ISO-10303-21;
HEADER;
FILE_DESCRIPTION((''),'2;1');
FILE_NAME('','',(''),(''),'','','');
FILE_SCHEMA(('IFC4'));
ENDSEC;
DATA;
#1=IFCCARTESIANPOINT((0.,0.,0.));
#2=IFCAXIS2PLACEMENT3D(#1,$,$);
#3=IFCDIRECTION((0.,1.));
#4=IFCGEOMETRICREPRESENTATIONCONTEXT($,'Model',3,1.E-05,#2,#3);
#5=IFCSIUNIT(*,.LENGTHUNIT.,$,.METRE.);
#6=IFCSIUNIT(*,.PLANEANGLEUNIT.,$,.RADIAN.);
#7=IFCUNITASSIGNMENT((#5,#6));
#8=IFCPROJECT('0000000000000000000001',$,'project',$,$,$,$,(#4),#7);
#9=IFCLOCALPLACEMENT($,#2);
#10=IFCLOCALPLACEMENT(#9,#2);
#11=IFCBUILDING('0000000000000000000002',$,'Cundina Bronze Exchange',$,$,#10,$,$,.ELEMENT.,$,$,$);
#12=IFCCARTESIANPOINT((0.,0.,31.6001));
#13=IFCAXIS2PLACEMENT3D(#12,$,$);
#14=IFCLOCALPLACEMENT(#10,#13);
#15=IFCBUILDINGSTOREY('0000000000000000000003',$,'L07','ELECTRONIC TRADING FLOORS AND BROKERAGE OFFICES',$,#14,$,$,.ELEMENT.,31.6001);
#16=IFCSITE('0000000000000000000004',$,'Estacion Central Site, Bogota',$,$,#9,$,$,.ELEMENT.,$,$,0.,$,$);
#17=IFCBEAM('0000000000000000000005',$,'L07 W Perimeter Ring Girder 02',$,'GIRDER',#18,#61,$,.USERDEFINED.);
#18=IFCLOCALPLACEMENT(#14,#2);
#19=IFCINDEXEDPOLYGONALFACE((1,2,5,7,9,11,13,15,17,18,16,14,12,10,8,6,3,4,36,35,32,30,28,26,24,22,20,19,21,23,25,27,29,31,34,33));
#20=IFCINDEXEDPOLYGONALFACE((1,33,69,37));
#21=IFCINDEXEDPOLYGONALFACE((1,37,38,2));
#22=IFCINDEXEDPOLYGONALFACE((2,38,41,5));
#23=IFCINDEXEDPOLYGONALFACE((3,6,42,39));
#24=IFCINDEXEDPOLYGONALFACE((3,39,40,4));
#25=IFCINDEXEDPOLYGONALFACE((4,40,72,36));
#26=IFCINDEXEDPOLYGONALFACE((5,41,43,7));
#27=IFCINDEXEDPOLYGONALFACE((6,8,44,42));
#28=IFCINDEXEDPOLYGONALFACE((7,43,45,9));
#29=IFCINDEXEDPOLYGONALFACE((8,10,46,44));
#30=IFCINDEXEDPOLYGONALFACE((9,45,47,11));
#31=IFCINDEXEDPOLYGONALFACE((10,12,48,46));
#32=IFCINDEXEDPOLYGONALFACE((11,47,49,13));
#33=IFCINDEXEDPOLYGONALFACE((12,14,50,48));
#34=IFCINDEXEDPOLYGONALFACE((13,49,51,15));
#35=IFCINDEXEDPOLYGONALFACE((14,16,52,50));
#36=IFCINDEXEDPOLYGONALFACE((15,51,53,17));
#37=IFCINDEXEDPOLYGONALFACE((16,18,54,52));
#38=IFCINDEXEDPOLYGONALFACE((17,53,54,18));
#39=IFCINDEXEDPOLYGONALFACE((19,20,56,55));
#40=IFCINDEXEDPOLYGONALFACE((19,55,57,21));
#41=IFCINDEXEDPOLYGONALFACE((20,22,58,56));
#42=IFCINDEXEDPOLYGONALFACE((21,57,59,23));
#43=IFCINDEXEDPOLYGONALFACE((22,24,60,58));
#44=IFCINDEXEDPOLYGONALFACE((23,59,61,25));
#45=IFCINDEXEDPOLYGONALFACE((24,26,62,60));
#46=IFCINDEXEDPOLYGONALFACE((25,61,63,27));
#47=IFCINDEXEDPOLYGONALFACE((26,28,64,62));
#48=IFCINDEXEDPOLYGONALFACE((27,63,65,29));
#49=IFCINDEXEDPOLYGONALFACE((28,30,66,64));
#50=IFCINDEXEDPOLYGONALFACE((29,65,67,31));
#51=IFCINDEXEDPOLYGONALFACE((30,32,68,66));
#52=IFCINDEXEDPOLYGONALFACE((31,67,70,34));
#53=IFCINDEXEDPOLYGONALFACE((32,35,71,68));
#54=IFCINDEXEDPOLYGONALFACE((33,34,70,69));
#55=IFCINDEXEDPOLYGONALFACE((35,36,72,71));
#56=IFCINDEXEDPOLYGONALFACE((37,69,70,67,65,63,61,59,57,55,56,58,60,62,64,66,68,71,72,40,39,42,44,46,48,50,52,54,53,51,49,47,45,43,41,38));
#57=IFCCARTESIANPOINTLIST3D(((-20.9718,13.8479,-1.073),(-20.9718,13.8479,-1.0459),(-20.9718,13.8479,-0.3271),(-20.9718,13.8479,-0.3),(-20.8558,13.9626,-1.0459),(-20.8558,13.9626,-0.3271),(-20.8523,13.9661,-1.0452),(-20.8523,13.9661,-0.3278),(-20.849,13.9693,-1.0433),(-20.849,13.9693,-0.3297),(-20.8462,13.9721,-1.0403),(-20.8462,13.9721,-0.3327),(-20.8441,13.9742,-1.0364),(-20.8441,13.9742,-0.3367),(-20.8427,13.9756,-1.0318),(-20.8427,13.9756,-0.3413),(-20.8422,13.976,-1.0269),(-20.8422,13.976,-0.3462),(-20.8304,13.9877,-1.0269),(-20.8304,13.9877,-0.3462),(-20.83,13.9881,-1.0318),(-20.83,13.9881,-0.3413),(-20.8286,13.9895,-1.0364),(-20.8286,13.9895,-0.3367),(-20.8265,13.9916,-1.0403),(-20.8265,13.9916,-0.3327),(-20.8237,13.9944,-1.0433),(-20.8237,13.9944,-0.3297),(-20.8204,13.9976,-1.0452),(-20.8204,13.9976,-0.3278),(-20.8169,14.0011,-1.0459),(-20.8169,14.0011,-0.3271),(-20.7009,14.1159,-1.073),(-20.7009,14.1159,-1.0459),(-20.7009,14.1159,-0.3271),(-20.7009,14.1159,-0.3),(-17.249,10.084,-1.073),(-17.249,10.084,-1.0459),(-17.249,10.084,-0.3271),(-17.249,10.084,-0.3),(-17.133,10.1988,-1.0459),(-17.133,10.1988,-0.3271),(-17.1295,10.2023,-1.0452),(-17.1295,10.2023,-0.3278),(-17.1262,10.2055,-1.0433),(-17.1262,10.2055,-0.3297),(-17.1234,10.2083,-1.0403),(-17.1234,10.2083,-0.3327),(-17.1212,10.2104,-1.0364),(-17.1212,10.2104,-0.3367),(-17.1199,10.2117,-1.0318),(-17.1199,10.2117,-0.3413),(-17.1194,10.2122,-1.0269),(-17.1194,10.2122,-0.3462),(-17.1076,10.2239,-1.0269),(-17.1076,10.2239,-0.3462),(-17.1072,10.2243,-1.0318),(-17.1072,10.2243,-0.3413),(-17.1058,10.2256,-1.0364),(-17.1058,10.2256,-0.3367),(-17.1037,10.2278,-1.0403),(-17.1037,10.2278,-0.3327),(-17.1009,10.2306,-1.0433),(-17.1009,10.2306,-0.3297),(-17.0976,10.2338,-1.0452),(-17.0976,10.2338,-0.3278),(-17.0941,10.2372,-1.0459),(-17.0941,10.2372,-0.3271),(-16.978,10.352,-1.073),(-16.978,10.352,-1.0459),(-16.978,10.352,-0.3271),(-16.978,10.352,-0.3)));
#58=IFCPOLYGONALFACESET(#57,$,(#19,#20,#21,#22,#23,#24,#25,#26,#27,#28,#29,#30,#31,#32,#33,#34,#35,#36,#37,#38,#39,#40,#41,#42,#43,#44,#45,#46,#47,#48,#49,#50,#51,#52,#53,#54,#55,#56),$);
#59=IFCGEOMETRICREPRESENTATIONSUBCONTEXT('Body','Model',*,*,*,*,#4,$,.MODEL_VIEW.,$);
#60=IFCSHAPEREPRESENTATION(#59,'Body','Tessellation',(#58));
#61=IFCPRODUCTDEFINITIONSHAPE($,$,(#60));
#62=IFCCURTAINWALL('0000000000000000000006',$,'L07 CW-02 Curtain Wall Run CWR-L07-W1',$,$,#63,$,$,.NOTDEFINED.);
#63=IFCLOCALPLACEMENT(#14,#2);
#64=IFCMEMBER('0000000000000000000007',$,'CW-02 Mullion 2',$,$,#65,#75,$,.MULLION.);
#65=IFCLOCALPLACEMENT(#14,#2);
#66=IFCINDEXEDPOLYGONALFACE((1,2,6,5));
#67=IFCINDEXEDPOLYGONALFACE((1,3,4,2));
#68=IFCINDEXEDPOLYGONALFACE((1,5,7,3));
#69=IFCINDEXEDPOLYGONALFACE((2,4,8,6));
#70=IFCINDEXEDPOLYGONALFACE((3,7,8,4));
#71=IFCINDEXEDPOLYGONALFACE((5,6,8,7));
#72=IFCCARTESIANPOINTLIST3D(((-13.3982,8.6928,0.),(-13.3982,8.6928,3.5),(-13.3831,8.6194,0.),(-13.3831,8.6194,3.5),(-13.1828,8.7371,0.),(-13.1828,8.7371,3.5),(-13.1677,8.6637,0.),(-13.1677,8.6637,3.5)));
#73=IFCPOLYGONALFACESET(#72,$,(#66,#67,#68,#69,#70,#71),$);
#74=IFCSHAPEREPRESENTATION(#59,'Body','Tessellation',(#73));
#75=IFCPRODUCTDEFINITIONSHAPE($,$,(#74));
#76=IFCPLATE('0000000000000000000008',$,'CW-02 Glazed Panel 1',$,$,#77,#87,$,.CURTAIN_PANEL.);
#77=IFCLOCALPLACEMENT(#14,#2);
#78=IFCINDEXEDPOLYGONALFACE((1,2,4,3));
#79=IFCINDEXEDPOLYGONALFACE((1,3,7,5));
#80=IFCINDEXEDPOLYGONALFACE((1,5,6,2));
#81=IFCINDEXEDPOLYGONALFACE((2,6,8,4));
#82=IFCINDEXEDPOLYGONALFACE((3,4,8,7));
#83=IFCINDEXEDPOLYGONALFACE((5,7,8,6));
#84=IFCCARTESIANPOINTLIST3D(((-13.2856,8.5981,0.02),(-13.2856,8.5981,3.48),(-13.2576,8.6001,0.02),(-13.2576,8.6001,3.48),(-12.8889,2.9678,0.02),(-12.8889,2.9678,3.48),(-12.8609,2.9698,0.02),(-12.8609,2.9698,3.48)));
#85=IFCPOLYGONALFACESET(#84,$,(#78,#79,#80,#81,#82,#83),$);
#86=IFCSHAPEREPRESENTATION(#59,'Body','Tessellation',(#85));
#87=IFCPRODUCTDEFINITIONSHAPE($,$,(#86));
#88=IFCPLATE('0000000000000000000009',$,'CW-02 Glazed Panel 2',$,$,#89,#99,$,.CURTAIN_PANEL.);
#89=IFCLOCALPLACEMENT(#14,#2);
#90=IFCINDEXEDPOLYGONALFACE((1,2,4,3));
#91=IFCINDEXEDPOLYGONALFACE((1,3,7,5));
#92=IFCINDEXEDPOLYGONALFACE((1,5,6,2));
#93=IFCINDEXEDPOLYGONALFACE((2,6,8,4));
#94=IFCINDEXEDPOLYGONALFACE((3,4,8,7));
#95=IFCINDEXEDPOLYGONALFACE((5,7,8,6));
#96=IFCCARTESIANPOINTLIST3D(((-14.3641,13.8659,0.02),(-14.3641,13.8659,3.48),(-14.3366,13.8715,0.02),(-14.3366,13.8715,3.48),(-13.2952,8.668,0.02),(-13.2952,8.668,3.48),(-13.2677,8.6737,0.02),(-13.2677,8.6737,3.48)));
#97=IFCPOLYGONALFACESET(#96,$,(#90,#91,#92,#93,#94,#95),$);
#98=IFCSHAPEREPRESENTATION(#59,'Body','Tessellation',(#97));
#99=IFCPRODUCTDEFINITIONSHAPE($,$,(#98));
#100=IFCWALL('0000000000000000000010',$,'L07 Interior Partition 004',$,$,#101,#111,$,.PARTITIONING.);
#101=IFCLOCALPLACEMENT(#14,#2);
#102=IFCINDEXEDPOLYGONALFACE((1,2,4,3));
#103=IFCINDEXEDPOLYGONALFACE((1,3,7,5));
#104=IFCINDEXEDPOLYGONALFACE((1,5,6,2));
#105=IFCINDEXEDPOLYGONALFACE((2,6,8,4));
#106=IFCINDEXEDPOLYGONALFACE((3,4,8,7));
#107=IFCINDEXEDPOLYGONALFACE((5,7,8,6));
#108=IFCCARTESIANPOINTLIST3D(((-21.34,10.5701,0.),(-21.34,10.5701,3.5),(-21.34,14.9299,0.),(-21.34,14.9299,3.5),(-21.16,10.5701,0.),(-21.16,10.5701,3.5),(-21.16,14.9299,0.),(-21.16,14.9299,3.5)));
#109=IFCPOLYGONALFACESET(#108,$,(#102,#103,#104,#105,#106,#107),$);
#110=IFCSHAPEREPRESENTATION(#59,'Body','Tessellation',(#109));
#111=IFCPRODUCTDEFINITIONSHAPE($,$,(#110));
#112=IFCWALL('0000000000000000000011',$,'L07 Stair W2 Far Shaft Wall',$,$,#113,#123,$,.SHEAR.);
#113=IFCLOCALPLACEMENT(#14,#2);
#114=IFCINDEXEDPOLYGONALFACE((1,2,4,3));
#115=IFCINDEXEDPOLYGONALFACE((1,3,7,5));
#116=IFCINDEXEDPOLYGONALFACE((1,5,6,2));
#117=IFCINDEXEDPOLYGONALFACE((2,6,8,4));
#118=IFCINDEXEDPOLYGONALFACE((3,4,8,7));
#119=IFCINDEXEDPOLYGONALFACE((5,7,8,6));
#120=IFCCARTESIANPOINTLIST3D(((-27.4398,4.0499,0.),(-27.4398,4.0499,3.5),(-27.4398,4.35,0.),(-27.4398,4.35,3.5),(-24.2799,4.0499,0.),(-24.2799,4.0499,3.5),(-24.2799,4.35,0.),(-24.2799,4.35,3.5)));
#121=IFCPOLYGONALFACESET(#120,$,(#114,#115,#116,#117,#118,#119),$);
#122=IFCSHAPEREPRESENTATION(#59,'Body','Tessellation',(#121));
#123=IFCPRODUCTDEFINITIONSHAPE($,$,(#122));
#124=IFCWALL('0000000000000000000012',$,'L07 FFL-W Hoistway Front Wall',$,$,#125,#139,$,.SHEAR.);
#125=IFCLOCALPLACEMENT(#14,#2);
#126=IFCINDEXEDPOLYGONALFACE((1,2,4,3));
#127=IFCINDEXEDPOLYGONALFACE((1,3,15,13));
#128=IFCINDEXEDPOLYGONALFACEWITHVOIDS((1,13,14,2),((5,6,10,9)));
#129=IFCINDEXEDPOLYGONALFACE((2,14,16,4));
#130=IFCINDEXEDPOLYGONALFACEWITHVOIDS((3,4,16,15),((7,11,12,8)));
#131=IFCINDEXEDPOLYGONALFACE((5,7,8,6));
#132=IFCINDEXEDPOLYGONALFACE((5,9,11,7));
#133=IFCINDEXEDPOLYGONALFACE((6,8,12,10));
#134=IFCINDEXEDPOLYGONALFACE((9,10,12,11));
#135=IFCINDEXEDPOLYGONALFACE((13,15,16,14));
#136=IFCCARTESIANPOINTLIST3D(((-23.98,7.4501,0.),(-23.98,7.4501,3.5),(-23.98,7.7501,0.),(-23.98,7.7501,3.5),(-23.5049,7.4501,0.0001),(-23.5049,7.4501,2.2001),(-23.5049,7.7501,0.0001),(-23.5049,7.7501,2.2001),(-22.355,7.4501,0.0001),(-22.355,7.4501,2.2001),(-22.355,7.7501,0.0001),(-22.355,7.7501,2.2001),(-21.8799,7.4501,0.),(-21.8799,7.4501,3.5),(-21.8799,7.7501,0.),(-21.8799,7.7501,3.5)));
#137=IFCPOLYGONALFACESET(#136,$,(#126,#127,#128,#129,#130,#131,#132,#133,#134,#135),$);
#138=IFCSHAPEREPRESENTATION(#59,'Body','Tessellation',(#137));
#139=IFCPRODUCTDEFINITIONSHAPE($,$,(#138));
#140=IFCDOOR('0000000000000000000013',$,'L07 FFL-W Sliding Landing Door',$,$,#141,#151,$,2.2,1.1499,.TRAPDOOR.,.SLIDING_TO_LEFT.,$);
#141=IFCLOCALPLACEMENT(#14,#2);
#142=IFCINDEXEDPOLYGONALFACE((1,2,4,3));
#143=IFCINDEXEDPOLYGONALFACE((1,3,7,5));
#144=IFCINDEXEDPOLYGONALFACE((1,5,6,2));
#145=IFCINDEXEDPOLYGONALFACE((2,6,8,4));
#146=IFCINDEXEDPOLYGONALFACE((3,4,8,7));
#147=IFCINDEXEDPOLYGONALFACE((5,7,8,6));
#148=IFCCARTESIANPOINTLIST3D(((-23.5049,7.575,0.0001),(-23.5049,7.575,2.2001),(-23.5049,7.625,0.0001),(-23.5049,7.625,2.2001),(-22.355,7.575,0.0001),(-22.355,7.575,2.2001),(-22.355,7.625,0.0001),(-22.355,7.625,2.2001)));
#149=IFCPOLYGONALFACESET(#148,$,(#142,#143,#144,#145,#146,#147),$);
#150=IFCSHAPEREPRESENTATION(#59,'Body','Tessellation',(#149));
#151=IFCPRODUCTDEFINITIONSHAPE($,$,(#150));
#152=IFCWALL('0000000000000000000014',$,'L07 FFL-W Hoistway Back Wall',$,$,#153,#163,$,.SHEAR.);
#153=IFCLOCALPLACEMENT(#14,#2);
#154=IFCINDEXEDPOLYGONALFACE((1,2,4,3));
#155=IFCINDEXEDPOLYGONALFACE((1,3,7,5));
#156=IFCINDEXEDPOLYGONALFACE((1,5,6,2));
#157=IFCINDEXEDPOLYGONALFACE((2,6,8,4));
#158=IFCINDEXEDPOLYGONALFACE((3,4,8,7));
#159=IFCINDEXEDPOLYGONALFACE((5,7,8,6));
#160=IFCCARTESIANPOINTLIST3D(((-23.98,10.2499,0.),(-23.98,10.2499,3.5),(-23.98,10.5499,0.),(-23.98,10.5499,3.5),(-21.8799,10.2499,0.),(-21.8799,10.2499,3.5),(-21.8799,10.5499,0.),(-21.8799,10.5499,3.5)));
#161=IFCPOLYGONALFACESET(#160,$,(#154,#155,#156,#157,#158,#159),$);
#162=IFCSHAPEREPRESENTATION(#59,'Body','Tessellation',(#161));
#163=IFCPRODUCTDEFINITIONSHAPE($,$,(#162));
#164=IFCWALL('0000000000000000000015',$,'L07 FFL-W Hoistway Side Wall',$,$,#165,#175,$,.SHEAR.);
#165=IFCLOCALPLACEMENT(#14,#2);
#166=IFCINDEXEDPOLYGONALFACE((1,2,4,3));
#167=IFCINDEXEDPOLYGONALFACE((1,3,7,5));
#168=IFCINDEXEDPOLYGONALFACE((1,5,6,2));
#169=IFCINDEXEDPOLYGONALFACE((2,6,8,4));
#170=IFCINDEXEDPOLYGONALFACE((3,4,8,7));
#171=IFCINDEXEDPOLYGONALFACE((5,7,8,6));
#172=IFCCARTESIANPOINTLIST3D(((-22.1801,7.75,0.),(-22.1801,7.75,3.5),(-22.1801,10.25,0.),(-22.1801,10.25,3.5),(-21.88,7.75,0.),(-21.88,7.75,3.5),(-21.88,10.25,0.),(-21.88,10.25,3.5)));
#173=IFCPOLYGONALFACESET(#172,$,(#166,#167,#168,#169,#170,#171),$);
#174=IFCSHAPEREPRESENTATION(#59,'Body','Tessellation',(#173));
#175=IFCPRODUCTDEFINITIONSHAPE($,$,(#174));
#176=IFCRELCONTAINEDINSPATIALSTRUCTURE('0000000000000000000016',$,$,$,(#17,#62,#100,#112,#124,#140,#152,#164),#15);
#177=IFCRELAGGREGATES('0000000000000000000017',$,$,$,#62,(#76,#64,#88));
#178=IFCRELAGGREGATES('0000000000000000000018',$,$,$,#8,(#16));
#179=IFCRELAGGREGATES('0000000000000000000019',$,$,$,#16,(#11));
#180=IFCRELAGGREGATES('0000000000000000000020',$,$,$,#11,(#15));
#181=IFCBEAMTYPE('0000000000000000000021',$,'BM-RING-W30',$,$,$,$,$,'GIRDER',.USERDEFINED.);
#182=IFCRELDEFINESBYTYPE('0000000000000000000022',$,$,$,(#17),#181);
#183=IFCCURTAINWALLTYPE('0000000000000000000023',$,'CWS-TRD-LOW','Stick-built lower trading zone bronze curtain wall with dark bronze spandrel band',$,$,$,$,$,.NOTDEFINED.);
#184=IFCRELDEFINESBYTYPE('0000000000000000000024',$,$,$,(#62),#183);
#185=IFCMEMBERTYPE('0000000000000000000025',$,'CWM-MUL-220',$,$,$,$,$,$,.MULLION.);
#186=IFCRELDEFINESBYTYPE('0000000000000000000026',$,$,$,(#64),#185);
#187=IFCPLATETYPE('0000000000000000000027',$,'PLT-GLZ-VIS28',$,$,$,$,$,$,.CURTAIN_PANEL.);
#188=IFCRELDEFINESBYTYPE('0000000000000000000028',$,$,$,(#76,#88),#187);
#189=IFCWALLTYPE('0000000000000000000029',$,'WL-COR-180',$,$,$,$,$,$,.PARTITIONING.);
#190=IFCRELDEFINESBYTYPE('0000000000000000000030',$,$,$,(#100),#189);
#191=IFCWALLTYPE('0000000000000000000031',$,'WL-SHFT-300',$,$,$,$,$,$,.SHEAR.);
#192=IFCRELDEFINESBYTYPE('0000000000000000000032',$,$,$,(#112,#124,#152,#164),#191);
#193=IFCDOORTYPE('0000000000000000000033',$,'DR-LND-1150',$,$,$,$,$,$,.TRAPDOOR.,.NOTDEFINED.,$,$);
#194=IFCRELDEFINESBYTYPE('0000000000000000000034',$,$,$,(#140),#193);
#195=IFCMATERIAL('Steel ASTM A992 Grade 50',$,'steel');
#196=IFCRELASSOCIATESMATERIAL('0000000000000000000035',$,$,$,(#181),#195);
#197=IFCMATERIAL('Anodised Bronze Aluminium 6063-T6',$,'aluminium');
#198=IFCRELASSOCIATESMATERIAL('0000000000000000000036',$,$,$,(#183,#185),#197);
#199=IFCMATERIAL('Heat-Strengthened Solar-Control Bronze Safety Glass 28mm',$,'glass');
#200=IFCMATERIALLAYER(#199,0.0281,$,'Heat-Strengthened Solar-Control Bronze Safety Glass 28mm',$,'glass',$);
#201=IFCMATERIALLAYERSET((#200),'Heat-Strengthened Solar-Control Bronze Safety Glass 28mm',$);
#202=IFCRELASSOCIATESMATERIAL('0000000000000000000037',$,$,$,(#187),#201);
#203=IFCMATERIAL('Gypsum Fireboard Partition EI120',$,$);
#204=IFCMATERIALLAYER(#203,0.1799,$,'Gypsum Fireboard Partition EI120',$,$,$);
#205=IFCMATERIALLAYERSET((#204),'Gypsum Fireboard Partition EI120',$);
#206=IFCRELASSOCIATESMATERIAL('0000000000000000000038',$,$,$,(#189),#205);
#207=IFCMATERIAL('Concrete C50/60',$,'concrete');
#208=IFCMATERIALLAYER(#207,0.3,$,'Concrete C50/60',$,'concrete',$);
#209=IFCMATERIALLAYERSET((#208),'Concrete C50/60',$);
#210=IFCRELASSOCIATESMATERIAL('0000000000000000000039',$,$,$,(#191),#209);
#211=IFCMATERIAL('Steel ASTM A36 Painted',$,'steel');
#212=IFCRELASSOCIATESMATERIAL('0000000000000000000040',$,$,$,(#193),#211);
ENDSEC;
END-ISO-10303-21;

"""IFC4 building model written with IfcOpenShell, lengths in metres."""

from ifc_helpers import new_model, si_unit, direction, frame, frame_2d, origin, origin_2d, place, context, subcontext, project, spatial, rectangle, i_section, extrude, material, layer, layer_set, material_profile, profile_set, type_object, element, fill, aggregate, save


model = new_model("IFC4")

# Units and contexts
model_context = context("Model", 3, precision=1e-05, world=origin(), true_north=direction((0.0, 1.0)))
body_context = subcontext(model_context, "Body", "Model", "MODEL_VIEW")
ifc_project = project(units=[si_unit("LENGTHUNIT", "METRE"), si_unit("PLANEANGLEUNIT", "RADIAN")], contexts=[model_context])

# Site, building, storey
site_placement = place(None, origin())
site = spatial("IfcSite", under=ifc_project, at=site_placement, Name="Estacion Central Site, Bogota", CompositionType="ELEMENT", RefElevation=0.0)
building_placement = place(site_placement, origin())
building = spatial("IfcBuilding", under=site, at=building_placement, Name="Cundina Bronze Exchange", CompositionType="ELEMENT")
storey_placement = place(building_placement, frame((0.0, 0.0, 31.6001)))
storey = spatial("IfcBuildingStorey", under=building, at=storey_placement, Name="L07", Description="ELECTRONIC TRADING FLOORS AND BROKERAGE OFFICES", CompositionType="ELEMENT", Elevation=31.6001)

# Beam
ifc_material_1 = material(Name="Steel ASTM A992 Grade 50", Category="steel")
ifc_material_profile_1 = material_profile(ifc_material_1, i_section(OverallWidth=0.3811, OverallDepth=0.7729, WebThickness=0.0166, FlangeThickness=0.0271, FilletRadius=0.019, at=origin_2d()), Name="W30X173", Category="steel")
ifc_profile_set_1 = profile_set([ifc_material_profile_1], Name="Steel ASTM A992 Grade 50")
beam_type_1 = type_object("IfcBeamType", Name="BM-RING-W30", ElementType="GIRDER", PredefinedType="USERDEFINED", material=ifc_profile_set_1)
beam_1_placement = place(storey_placement, frame((-17.1135, 10.218, -0.6865), z_axis=(-0.703222, 0.71097, 0.0), x_axis=(-0.71097, -0.703222, 0.0)))
element("IfcBeam", 1, at=beam_1_placement, inside=storey, type_object=beam_type_1, Name="L07 W Perimeter Ring Girder 02", ObjectType="GIRDER", PredefinedType="USERDEFINED", context=body_context, shape_type="SweptSolid", body=[
    extrude(i_section(OverallWidth=0.3811, OverallDepth=0.7729, WebThickness=0.0166, FlangeThickness=0.0271, FilletRadius=0.019, at=origin_2d()), origin(), (0.0, 0.0, 1.0), 5.2939),
])

# Curtain wall, member, plates
ifc_material_2 = material(Name="Anodised Bronze Aluminium 6063-T6", Category="aluminium")
curtain_wall_type = type_object("IfcCurtainWallType", Name="CWS-TRD-LOW", Description="Stick-built lower trading zone bronze curtain wall with dark bronze spandrel band", PredefinedType="NOTDEFINED", material=ifc_material_2)
curtain_wall_placement = place(storey_placement, origin())
curtain_wall = element("IfcCurtainWall", 2, at=curtain_wall_placement, inside=storey, type_object=curtain_wall_type, Name="L07 CW-02 Curtain Wall Run CWR-L07-W1", PredefinedType="NOTDEFINED")
ifc_material_profile_2 = material_profile(ifc_material_2, rectangle(XDim=0.075, YDim=0.22, at=origin_2d()), Name="AL75X220", Category="aluminium")
ifc_profile_set_2 = profile_set([ifc_material_profile_2], Name="Anodised Bronze Aluminium 6063-T6")
member_type = type_object("IfcMemberType", Name="CWM-MUL-220", PredefinedType="MULLION", material=ifc_profile_set_2)
member_placement = place(storey_placement, frame((-13.283, 8.6782, 0.0), z_axis=(0.0, 0.0, 1.0), x_axis=(-0.20142, 0.979505, 0.0)))
member = element("IfcMember", 3, at=member_placement, type_object=member_type, Name="CW-02 Mullion 2", PredefinedType="MULLION", context=body_context, shape_type="SweptSolid", body=[
    extrude(rectangle(XDim=0.075, YDim=0.22, at=origin_2d()), origin(), (0.0, 0.0, 1.0), 3.5),
])
ifc_material_3 = material(Name="Heat-Strengthened Solar-Control Bronze Safety Glass 28mm", Category="glass")
ifc_layer_1 = layer(ifc_material_3, 0.0281, Name="Heat-Strengthened Solar-Control Bronze Safety Glass 28mm", Category="glass")
ifc_layer_set_1 = layer_set([ifc_layer_1], Name="Heat-Strengthened Solar-Control Bronze Safety Glass 28mm")
plate_type = type_object("IfcPlateType", Name="PLT-GLZ-VIS28", PredefinedType="CURTAIN_PANEL", material=ifc_layer_set_1)
plate_1_placement = place(storey_placement, frame((-13.0732, 5.7839, 0.02), z_axis=(0.0, 0.0, 1.0), x_axis=(-0.070279, 0.997527, 0.0)))
plate_1 = element("IfcPlate", 4, at=plate_1_placement, type_object=plate_type, Name="CW-02 Glazed Panel 1", PredefinedType="CURTAIN_PANEL", context=body_context, shape_type="SweptSolid", body=[
    extrude(rectangle(XDim=5.6443, YDim=0.0281, at=origin_2d()), origin(), (0.0, 0.0, 1.0), 3.46),
])
plate_2_placement = place(storey_placement, frame((-13.8159, 11.2698, 0.02), z_axis=(0.0, 0.0, 1.0), x_axis=(-0.20142, 0.979505, 0.0)))
plate_2 = element("IfcPlate", 5, at=plate_2_placement, type_object=plate_type, Name="CW-02 Glazed Panel 2", PredefinedType="CURTAIN_PANEL", context=body_context, shape_type="SweptSolid", body=[
    extrude(rectangle(XDim=5.3066, YDim=0.0281, at=origin_2d()), origin(), (0.0, 0.0, 1.0), 3.46),
])
aggregate(curtain_wall, [plate_1, member, plate_2])

# Walls
ifc_material_4 = material(Name="Gypsum Fireboard Partition EI120")
ifc_layer_2 = layer(ifc_material_4, 0.1799, Name="Gypsum Fireboard Partition EI120")
ifc_layer_set_2 = layer_set([ifc_layer_2], Name="Gypsum Fireboard Partition EI120")
wall_type_1 = type_object("IfcWallType", Name="WL-COR-180", PredefinedType="PARTITIONING", material=ifc_layer_set_2)
wall_1_placement = place(storey_placement, frame((-21.25, 10.5701, 0.0), z_axis=(0.0, 0.0, 1.0), x_axis=(0.0, 1.0, 0.0)))
element("IfcWall", 6, at=wall_1_placement, inside=storey, type_object=wall_type_1, Name="L07 Interior Partition 004", PredefinedType="PARTITIONING", context=body_context, shape_type="SweptSolid", body=[
    extrude(rectangle(XDim=4.3599, YDim=0.1799, at=frame_2d((2.1799, 0.0))), origin(), (0.0, 0.0, 1.0), 3.5),
])
ifc_material_5 = material(Name="Concrete C50/60", Category="concrete")
ifc_layer_3 = layer(ifc_material_5, 0.3, Name="Concrete C50/60", Category="concrete")
ifc_layer_set_3 = layer_set([ifc_layer_3], Name="Concrete C50/60")
wall_type_2 = type_object("IfcWallType", Name="WL-SHFT-300", PredefinedType="SHEAR", material=ifc_layer_set_3)
wall_2_placement = place(storey_placement, frame((-27.4399, 4.2, 0.0), z_axis=(0.0, 0.0, 1.0), x_axis=(1.0, 0.0, 0.0)))
element("IfcWall", 7, at=wall_2_placement, inside=storey, type_object=wall_type_2, Name="L07 Stair W2 Far Shaft Wall", PredefinedType="SHEAR", context=body_context, shape_type="SweptSolid", body=[
    extrude(rectangle(XDim=3.1599, YDim=0.3, at=frame_2d((1.5801, 0.0))), origin(), (0.0, 0.0, 1.0), 3.5),
])

# Wall, opening, door
wall_3_placement = place(storey_placement, frame((-23.98, 7.6001, 0.0), z_axis=(0.0, 0.0, 1.0), x_axis=(1.0, 0.0, 0.0)))
wall_3 = element("IfcWall", 8, at=wall_3_placement, inside=storey, type_object=wall_type_2, Name="L07 FFL-W Hoistway Front Wall", PredefinedType="SHEAR", context=body_context, shape_type="SweptSolid", body=[
    extrude(rectangle(XDim=2.1001, YDim=0.3, at=frame_2d((1.05, 0.0))), origin(), (0.0, 0.0, 1.0), 3.5),
])
opening_1_placement = place(wall_3_placement, frame((0.4751, 0.0, 0.0)))
opening_1 = element("IfcOpeningElement", 9, at=opening_1_placement, cuts=wall_3, PredefinedType="OPENING", context=body_context, shape_type="SweptSolid", body=[
    extrude(rectangle(XDim=1.1499, YDim=2.2, at=frame_2d((0.575, 1.1001))), frame((0.0, 0.1599, 0.0), z_axis=(0.0, -1.0, 0.0), x_axis=(1.0, 0.0, 0.0)), (0.0, 0.0, 1.0), 0.3201),
])
ifc_material_6 = material(Name="Steel ASTM A36 Painted", Category="steel")
door_type = type_object("IfcDoorType", Name="DR-LND-1150", OperationType="NOTDEFINED", PredefinedType="TRAPDOOR", material=ifc_material_6)
door_1_placement = place(opening_1_placement, origin())
door_1 = element("IfcDoor", 10, at=door_1_placement, inside=storey, type_object=door_type, Name="L07 FFL-W Sliding Landing Door", OperationType="SLIDING_TO_LEFT", OverallHeight=2.2, OverallWidth=1.1499, PredefinedType="TRAPDOOR", context=body_context, shape_type="SweptSolid", body=[
    extrude(rectangle(XDim=1.1499, YDim=2.2, at=frame_2d((0.575, 1.1001))), frame((0.0, 0.0249, 0.0), z_axis=(0.0, -1.0, 0.0), x_axis=(1.0, 0.0, 0.0)), (0.0, 0.0, 1.0), 0.05),
])
fill(opening_1, door_1)

# Walls
wall_4_placement = place(storey_placement, frame((-23.98, 10.3999, 0.0), z_axis=(0.0, 0.0, 1.0), x_axis=(1.0, 0.0, 0.0)))
element("IfcWall", 11, at=wall_4_placement, inside=storey, type_object=wall_type_2, Name="L07 FFL-W Hoistway Back Wall", PredefinedType="SHEAR", context=body_context, shape_type="SweptSolid", body=[
    extrude(rectangle(XDim=2.1001, YDim=0.3, at=frame_2d((1.05, 0.0))), origin(), (0.0, 0.0, 1.0), 3.5),
])
wall_5_placement = place(storey_placement, frame((-22.03, 7.75, 0.0), z_axis=(0.0, 0.0, 1.0), x_axis=(0.0, 1.0, 0.0)))
element("IfcWall", 12, at=wall_5_placement, inside=storey, type_object=wall_type_2, Name="L07 FFL-W Hoistway Side Wall", PredefinedType="SHEAR", context=body_context, shape_type="SweptSolid", body=[
    extrude(rectangle(XDim=2.5, YDim=0.3, at=frame_2d((1.25, 0.0))), origin(), (0.0, 0.0, 1.0), 3.5),
])

save(model, "model.ifc")
